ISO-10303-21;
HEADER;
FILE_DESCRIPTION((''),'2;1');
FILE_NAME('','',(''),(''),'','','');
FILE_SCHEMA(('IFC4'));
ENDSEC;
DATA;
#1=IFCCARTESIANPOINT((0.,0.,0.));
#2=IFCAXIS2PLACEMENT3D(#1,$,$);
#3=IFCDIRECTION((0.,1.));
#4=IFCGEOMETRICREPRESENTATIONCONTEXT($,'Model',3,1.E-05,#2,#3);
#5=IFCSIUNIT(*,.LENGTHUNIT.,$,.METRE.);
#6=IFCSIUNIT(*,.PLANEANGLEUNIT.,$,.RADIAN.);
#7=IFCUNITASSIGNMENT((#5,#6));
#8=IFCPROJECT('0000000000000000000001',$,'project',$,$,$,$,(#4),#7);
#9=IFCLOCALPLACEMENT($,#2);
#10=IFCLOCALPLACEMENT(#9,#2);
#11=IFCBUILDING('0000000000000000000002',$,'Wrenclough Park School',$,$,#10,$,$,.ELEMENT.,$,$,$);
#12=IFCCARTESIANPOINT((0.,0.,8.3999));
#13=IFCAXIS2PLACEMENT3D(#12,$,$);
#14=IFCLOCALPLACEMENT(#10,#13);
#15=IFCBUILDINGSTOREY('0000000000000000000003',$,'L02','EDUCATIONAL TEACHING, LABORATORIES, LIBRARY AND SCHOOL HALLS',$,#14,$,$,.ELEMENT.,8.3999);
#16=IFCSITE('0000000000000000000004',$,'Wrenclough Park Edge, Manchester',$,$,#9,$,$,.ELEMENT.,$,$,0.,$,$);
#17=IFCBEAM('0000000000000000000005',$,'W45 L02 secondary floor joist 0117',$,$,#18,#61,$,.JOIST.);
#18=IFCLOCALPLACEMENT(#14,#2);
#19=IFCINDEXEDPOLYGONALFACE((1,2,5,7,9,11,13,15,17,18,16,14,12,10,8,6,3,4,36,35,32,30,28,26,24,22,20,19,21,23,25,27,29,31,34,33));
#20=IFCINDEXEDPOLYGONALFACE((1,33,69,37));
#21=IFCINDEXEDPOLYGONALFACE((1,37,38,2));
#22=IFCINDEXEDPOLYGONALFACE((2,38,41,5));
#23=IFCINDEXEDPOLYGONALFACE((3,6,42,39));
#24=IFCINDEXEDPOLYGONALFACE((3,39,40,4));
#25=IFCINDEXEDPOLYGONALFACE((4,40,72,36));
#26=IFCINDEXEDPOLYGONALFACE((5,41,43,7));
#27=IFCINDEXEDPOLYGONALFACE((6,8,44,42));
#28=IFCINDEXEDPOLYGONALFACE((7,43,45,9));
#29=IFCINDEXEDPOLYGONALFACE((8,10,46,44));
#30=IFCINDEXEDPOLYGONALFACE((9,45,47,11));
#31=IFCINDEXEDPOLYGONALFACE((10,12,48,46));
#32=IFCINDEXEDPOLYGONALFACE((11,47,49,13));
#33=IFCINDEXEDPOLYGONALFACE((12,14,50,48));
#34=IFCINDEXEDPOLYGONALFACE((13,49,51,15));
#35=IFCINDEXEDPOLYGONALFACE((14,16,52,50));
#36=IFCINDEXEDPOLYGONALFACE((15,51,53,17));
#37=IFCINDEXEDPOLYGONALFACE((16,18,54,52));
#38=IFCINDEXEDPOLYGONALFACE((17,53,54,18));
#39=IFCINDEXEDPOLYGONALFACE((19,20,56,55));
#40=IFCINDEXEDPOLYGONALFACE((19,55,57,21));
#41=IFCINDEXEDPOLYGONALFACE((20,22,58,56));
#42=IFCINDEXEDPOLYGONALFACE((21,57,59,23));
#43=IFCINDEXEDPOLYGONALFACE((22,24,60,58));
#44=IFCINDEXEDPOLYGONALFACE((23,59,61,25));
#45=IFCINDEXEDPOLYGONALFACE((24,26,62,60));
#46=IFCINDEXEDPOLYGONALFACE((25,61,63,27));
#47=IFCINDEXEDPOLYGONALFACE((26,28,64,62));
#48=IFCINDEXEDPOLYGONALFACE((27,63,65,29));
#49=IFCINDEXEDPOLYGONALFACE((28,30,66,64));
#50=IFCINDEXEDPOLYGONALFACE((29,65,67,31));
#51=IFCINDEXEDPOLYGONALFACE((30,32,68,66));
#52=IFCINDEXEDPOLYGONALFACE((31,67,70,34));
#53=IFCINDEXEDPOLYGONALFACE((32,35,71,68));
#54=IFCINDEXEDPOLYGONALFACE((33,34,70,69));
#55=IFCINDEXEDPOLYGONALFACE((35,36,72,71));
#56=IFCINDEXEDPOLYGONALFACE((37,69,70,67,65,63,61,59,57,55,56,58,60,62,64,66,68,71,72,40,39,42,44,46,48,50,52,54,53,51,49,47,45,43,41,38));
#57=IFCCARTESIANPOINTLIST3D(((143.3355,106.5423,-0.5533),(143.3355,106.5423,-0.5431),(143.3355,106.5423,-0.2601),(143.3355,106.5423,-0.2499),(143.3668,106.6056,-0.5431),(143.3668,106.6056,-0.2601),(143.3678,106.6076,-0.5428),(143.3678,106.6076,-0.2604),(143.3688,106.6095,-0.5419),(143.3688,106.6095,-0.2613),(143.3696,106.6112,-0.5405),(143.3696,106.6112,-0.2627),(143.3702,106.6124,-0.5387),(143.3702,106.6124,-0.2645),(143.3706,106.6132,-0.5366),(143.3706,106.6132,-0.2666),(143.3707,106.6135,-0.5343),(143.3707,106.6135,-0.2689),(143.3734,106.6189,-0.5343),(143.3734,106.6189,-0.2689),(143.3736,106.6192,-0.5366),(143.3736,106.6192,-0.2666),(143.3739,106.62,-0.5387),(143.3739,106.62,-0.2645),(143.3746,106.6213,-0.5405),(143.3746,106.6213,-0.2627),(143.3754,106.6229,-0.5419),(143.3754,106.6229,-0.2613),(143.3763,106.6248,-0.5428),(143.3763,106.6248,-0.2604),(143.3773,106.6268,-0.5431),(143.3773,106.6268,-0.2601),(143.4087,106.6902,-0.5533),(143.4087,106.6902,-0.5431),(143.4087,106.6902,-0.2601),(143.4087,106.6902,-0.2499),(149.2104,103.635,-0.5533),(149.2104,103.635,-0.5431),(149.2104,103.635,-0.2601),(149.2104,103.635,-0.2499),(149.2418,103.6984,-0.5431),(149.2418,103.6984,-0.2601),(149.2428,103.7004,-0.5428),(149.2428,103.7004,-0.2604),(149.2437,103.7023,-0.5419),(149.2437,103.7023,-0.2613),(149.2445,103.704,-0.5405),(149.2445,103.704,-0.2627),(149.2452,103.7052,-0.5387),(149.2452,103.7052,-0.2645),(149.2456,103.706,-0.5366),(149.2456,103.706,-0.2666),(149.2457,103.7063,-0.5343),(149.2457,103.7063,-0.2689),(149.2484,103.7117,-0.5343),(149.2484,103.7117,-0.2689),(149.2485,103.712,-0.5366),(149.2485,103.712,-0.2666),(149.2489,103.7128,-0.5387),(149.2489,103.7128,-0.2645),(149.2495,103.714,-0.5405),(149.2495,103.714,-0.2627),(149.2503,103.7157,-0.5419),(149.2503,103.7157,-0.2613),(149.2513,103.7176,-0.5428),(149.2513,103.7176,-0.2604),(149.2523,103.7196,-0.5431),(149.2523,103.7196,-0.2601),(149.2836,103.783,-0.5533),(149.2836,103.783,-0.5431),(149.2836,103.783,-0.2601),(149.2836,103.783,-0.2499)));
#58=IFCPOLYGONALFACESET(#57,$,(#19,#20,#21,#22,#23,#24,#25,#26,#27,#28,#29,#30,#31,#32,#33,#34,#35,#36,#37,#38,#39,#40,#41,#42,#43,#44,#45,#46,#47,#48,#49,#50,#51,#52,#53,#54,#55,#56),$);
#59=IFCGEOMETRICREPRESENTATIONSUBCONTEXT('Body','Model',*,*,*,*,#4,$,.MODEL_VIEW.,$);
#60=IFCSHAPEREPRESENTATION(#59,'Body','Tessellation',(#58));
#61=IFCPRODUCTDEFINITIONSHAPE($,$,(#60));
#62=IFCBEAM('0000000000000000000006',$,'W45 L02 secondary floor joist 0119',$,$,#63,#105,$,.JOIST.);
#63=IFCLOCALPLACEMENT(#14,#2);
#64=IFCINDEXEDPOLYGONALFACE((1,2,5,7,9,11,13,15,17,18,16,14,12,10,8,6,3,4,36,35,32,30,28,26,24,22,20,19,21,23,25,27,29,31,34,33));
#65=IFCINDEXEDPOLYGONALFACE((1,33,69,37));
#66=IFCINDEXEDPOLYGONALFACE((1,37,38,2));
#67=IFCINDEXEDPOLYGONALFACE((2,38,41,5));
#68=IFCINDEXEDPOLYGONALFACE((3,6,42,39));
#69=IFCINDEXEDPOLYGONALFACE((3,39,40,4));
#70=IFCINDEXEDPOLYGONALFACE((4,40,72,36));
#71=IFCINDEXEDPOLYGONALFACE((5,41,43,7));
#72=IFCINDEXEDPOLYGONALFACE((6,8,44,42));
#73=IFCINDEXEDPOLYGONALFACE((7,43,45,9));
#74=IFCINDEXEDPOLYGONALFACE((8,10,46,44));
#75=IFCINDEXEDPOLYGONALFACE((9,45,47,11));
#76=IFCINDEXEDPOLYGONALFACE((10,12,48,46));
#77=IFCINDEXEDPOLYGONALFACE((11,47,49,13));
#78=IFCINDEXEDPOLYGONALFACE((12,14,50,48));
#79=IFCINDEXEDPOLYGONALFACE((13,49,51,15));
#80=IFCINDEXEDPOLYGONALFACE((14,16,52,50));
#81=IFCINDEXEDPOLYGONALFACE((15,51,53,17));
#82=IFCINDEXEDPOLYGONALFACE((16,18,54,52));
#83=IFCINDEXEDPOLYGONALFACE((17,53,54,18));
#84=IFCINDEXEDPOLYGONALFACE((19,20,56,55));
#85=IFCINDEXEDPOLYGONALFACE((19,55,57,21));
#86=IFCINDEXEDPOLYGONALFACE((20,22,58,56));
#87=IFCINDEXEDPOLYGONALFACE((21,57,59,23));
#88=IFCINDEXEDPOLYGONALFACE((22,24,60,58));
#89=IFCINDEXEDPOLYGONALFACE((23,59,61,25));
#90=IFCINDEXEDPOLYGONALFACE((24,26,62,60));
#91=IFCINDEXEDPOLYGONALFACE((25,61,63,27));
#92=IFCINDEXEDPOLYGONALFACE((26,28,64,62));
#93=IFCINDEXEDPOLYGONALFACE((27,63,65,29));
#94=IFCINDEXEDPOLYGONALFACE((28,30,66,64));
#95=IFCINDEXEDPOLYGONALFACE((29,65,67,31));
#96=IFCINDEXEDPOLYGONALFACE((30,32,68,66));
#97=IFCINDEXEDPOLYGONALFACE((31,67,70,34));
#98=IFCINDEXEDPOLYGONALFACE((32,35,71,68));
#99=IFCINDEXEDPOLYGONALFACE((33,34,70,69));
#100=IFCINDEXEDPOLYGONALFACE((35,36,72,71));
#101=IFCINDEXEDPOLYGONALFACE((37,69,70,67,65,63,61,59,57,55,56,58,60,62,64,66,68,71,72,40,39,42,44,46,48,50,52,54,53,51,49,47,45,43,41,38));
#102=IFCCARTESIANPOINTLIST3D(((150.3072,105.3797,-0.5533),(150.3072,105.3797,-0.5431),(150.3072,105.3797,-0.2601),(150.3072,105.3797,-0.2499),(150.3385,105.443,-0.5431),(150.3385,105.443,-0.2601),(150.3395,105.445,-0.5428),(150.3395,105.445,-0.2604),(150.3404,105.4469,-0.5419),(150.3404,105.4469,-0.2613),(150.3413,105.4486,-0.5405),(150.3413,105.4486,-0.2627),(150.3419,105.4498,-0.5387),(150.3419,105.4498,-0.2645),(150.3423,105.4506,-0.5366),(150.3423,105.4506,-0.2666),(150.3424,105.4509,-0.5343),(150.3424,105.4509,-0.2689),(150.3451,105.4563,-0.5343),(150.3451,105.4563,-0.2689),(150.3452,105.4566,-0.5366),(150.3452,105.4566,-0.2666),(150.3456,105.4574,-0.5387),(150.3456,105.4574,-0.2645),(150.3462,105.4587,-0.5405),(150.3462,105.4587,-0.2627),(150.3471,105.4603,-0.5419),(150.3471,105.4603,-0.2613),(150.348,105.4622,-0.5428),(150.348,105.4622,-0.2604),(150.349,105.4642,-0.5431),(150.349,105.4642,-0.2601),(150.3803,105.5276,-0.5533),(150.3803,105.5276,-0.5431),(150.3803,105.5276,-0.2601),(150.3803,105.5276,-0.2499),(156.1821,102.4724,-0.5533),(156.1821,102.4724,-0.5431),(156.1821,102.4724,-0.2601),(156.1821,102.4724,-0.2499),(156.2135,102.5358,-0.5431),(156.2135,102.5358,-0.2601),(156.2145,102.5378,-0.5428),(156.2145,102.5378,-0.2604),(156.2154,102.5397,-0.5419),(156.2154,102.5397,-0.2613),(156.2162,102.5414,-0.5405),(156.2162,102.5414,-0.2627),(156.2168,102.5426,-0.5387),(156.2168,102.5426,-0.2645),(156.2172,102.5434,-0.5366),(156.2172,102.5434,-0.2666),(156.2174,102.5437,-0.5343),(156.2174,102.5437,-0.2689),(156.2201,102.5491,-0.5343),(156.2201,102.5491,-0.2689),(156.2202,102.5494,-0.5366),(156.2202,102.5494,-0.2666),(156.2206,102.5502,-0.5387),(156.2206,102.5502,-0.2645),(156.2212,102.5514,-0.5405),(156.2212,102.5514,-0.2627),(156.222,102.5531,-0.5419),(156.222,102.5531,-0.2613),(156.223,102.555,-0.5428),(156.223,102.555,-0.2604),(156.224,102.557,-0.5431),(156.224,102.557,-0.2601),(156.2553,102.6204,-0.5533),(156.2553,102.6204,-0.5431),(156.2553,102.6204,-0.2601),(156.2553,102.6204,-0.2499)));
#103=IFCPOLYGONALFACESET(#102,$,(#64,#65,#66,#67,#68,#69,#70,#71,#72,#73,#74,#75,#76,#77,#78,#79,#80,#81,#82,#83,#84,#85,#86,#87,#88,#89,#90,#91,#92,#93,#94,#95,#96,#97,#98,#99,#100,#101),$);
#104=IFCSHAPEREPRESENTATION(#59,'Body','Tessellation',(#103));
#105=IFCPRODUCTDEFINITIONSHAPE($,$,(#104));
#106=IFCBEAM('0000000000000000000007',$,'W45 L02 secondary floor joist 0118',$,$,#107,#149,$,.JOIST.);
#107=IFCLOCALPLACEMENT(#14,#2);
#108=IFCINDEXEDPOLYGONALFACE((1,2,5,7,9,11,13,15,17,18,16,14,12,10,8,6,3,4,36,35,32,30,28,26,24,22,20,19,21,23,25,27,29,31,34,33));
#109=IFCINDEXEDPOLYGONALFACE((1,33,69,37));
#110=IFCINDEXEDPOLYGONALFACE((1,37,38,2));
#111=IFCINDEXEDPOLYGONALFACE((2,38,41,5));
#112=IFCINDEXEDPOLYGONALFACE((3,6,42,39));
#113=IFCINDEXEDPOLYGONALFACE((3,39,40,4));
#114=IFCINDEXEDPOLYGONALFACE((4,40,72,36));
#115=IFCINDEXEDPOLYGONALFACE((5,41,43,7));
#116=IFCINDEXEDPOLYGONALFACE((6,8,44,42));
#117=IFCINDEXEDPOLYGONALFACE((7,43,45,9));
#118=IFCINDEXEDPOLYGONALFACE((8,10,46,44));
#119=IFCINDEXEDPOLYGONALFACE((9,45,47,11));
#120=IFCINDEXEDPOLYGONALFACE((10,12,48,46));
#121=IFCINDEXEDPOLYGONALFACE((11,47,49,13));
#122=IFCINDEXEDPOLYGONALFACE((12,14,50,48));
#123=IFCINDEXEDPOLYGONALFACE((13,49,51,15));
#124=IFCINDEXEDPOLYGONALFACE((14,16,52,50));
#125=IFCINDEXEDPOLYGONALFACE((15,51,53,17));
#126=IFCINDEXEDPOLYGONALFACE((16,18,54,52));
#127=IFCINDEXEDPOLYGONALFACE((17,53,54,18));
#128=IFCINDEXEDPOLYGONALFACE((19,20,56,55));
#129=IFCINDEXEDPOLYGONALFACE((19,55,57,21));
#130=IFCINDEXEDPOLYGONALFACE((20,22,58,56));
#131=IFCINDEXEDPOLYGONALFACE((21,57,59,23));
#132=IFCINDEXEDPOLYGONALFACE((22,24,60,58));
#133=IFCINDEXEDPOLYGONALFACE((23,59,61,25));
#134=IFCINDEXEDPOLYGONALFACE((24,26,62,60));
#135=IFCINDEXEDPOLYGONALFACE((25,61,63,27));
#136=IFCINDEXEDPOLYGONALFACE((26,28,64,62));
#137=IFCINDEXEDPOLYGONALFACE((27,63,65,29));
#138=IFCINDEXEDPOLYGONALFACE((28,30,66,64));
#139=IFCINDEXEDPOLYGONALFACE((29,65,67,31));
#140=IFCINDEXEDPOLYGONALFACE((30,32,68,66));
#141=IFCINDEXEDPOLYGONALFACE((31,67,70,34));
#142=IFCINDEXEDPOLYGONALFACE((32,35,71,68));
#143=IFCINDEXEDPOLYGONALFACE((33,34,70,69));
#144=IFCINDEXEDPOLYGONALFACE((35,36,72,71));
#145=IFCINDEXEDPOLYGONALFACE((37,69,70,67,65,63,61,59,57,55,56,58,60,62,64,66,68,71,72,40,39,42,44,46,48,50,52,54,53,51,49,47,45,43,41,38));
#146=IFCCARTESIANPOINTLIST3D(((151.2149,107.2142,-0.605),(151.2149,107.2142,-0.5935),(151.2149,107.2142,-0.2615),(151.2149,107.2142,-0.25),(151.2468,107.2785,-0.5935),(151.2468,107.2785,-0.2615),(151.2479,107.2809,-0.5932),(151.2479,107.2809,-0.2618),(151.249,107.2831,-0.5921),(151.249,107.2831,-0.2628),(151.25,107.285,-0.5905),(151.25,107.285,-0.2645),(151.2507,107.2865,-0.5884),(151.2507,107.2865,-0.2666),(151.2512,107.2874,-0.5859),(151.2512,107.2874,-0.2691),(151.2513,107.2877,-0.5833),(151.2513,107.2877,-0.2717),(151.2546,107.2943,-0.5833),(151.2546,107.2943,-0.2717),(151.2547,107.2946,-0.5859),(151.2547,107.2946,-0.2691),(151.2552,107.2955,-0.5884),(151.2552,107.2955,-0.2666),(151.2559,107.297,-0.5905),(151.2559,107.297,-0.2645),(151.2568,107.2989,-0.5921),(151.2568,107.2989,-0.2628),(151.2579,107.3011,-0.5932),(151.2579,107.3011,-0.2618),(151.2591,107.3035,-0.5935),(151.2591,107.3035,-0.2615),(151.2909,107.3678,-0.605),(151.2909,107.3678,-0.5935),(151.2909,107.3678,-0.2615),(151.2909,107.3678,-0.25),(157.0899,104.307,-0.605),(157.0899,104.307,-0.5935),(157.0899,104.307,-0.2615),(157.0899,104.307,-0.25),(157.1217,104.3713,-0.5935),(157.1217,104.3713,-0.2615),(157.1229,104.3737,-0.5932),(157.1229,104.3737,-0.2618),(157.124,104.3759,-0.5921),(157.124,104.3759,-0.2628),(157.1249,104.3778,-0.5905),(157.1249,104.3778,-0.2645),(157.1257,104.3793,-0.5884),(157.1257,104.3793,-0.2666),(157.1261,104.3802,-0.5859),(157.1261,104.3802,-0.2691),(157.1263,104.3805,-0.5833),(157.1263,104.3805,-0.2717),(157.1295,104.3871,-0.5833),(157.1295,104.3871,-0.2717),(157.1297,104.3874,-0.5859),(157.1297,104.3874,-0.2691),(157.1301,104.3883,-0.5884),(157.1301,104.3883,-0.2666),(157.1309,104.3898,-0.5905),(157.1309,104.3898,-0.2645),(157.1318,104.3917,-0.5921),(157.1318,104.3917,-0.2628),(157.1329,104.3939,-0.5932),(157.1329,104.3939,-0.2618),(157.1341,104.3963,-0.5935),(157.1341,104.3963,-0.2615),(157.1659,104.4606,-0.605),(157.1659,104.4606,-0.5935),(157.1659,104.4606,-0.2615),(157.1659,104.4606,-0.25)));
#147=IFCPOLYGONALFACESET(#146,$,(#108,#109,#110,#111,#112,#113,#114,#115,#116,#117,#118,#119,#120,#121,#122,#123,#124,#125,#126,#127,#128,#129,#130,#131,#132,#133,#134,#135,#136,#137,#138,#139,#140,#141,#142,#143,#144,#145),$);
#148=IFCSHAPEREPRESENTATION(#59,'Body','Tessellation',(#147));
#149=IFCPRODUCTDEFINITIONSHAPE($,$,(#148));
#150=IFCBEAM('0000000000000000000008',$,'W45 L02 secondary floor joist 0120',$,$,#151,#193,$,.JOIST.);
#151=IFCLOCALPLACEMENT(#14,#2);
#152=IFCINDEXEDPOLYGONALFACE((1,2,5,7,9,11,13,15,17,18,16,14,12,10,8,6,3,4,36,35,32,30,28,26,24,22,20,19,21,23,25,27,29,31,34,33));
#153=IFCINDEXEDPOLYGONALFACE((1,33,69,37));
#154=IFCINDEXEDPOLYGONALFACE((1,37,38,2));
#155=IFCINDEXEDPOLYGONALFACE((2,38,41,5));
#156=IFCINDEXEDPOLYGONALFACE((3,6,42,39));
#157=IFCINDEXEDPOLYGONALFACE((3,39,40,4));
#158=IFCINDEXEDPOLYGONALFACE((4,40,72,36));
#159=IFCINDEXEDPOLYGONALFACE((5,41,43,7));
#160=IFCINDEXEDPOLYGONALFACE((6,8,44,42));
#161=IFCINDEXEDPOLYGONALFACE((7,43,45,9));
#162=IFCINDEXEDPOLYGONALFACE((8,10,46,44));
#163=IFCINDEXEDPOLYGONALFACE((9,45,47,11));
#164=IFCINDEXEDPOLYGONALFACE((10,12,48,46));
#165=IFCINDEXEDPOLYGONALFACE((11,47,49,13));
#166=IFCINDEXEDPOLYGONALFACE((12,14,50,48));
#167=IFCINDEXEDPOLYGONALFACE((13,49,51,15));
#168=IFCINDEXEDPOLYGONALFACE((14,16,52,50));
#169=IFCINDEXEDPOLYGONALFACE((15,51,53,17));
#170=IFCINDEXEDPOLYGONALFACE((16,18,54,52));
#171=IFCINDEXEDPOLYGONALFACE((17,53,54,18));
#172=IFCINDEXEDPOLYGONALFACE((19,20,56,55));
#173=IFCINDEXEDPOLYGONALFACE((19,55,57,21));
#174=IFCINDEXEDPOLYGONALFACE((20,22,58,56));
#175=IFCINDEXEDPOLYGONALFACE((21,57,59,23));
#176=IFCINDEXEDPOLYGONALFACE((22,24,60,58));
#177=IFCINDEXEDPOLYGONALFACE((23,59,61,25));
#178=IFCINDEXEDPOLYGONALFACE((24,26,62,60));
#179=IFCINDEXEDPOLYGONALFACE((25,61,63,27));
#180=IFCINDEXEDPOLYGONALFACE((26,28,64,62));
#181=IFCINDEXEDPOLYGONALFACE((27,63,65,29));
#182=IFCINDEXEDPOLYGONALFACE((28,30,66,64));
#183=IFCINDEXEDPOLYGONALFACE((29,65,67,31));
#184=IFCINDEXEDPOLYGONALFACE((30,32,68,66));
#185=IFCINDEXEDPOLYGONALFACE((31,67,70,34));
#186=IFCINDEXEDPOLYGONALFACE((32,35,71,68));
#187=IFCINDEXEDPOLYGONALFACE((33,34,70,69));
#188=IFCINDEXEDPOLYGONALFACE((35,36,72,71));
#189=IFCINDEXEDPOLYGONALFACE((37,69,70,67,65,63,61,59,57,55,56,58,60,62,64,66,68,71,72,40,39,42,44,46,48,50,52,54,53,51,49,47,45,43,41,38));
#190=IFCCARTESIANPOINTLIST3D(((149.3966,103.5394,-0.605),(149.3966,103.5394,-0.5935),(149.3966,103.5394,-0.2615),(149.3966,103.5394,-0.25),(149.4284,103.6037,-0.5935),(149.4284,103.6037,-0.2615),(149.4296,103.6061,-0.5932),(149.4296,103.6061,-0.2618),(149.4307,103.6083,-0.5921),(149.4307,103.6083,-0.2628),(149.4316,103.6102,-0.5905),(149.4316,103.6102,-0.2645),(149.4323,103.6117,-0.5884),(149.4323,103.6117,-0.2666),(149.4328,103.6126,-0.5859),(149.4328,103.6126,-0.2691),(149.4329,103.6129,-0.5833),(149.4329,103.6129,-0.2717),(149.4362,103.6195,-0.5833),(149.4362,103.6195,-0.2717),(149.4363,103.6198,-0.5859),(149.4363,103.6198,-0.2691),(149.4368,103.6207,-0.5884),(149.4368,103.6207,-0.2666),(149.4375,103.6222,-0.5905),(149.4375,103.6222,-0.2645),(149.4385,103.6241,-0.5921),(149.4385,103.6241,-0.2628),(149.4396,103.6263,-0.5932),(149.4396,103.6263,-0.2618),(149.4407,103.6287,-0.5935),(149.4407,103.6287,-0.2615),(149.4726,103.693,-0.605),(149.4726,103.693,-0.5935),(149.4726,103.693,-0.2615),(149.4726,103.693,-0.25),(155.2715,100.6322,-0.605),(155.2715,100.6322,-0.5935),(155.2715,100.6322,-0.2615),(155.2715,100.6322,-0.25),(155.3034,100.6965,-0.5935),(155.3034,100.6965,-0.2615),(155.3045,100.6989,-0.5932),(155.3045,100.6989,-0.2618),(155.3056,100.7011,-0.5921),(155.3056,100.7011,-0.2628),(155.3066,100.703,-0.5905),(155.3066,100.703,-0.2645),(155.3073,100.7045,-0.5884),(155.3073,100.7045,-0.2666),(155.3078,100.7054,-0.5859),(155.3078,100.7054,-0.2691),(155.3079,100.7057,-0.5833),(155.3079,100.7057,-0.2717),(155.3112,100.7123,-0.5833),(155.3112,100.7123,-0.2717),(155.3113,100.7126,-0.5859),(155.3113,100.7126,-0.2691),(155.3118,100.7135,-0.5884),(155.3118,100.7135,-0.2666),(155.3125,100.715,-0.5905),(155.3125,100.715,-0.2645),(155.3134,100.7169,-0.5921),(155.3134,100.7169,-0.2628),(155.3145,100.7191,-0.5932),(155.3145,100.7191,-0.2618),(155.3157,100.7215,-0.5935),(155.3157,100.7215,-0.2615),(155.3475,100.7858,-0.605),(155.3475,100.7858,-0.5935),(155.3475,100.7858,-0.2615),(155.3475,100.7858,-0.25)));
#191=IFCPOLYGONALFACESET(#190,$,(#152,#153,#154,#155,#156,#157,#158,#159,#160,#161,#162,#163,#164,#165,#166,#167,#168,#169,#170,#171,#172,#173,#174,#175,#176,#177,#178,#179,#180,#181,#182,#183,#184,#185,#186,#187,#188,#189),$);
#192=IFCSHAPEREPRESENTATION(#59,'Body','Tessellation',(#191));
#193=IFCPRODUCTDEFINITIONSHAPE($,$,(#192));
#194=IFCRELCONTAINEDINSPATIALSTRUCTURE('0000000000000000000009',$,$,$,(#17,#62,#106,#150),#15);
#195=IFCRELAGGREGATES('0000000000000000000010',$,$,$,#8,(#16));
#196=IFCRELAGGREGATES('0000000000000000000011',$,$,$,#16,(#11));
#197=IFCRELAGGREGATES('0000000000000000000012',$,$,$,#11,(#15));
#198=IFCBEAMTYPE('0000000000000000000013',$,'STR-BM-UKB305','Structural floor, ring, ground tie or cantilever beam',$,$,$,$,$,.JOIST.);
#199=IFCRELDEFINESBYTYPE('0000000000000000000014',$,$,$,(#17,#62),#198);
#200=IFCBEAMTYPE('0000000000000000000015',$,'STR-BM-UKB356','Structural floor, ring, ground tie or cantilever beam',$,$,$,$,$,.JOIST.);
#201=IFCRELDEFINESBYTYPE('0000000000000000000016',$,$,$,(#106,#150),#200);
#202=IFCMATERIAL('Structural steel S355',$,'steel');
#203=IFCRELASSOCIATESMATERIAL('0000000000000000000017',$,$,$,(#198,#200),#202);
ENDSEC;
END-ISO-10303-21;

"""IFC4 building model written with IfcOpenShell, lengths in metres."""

from ifc_helpers import new_model, si_unit, direction, frame, origin, origin_2d, place, context, subcontext, project, spatial, i_section, extrude, material, material_profile, profile_set, type_object, element, save


model = new_model("IFC4")

# Units and contexts
model_context = context("Model", 3, precision=1e-05, world=origin(), true_north=direction((0.0, 1.0)))
body_context = subcontext(model_context, "Body", "Model", "MODEL_VIEW")
ifc_project = project(units=[si_unit("LENGTHUNIT", "METRE"), si_unit("PLANEANGLEUNIT", "RADIAN")], contexts=[model_context])

# Site, building, storey
site_placement = place(None, origin())
site = spatial("IfcSite", under=ifc_project, at=site_placement, Name="Wrenclough Park Edge, Manchester", CompositionType="ELEMENT", RefElevation=0.0)
building_placement = place(site_placement, origin())
building = spatial("IfcBuilding", under=site, at=building_placement, Name="Wrenclough Park School", CompositionType="ELEMENT")
storey_placement = place(building_placement, frame((0.0, 0.0, 8.3999)))
storey = spatial("IfcBuildingStorey", under=building, at=storey_placement, Name="L02", Description="EDUCATIONAL TEACHING, LABORATORIES, LIBRARY AND SCHOOL HALLS", CompositionType="ELEMENT", Elevation=8.3999)

# Shared definitions
ifc_material_1 = material(Name="Structural steel S355", Category="steel")

# Beams
ifc_material_profile_1 = material_profile(ifc_material_1, i_section(OverallWidth=0.165, OverallDepth=0.3035, WebThickness=0.0061, FlangeThickness=0.0103, FilletRadius=0.0088, at=origin_2d()), Name="UKB 305x165x40")
ifc_profile_set_1 = profile_set([ifc_material_profile_1], Name="Structural steel S355")
beam_type_1 = type_object("IfcBeamType", Name="STR-BM-UKB305", Description="Structural floor, ring, ground tie or cantilever beam", PredefinedType="JOIST", material=ifc_profile_set_1)
for number, where, z_axis, x_axis, name in (
    (1, (143.3721, 106.6162, -0.4016), (0.896267, -0.443515, 0.0), (0.443515, 0.896267, 0.0), "W45 L02 secondary floor joist 0117"),
    (2, (150.3438, 105.4536, -0.4016), (0.896267, -0.443515, 0.0), (0.443515, 0.896267, 0.0), "W45 L02 secondary floor joist 0119"),
):
    element("IfcBeam", number, at=place(storey_placement, frame(where, z_axis=z_axis, x_axis=x_axis)), inside=storey, type_object=beam_type_1, Name=name, PredefinedType="JOIST", context=body_context, shape_type="SweptSolid", body=[
        extrude(i_section(OverallWidth=0.165, OverallDepth=0.3035, WebThickness=0.0061, FlangeThickness=0.0103, FilletRadius=0.0088, at=origin_2d()), origin(), (0.0, 0.0, 1.0), 6.5549),
    ])
ifc_material_profile_2 = material_profile(ifc_material_1, i_section(OverallWidth=0.1714, OverallDepth=0.355, WebThickness=0.0073, FlangeThickness=0.0115, FilletRadius=0.0103, at=origin_2d()), Name="UKB 356x171x51")
ifc_profile_set_2 = profile_set([ifc_material_profile_2], Name="Structural steel S355")
beam_type_2 = type_object("IfcBeamType", Name="STR-BM-UKB356", Description="Structural floor, ring, ground tie or cantilever beam", PredefinedType="JOIST", material=ifc_profile_set_2)
for number, where, z_axis, x_axis, name in (
    (3, (151.2529, 107.291, -0.4275), (0.896267, -0.443515, 0.0), (0.443515, 0.896267, 0.0), "W45 L02 secondary floor joist 0118"),
    (4, (149.4346, 103.6162, -0.4275), (0.896267, -0.443515, 0.0), (0.443515, 0.896267, 0.0), "W45 L02 secondary floor joist 0120"),
):
    element("IfcBeam", number, at=place(storey_placement, frame(where, z_axis=z_axis, x_axis=x_axis)), inside=storey, type_object=beam_type_2, Name=name, PredefinedType="JOIST", context=body_context, shape_type="SweptSolid", body=[
        extrude(i_section(OverallWidth=0.1714, OverallDepth=0.355, WebThickness=0.0073, FlangeThickness=0.0115, FilletRadius=0.0103, at=origin_2d()), origin(), (0.0, 0.0, 1.0), 6.5549),
    ])

save(model, "model.ifc")
